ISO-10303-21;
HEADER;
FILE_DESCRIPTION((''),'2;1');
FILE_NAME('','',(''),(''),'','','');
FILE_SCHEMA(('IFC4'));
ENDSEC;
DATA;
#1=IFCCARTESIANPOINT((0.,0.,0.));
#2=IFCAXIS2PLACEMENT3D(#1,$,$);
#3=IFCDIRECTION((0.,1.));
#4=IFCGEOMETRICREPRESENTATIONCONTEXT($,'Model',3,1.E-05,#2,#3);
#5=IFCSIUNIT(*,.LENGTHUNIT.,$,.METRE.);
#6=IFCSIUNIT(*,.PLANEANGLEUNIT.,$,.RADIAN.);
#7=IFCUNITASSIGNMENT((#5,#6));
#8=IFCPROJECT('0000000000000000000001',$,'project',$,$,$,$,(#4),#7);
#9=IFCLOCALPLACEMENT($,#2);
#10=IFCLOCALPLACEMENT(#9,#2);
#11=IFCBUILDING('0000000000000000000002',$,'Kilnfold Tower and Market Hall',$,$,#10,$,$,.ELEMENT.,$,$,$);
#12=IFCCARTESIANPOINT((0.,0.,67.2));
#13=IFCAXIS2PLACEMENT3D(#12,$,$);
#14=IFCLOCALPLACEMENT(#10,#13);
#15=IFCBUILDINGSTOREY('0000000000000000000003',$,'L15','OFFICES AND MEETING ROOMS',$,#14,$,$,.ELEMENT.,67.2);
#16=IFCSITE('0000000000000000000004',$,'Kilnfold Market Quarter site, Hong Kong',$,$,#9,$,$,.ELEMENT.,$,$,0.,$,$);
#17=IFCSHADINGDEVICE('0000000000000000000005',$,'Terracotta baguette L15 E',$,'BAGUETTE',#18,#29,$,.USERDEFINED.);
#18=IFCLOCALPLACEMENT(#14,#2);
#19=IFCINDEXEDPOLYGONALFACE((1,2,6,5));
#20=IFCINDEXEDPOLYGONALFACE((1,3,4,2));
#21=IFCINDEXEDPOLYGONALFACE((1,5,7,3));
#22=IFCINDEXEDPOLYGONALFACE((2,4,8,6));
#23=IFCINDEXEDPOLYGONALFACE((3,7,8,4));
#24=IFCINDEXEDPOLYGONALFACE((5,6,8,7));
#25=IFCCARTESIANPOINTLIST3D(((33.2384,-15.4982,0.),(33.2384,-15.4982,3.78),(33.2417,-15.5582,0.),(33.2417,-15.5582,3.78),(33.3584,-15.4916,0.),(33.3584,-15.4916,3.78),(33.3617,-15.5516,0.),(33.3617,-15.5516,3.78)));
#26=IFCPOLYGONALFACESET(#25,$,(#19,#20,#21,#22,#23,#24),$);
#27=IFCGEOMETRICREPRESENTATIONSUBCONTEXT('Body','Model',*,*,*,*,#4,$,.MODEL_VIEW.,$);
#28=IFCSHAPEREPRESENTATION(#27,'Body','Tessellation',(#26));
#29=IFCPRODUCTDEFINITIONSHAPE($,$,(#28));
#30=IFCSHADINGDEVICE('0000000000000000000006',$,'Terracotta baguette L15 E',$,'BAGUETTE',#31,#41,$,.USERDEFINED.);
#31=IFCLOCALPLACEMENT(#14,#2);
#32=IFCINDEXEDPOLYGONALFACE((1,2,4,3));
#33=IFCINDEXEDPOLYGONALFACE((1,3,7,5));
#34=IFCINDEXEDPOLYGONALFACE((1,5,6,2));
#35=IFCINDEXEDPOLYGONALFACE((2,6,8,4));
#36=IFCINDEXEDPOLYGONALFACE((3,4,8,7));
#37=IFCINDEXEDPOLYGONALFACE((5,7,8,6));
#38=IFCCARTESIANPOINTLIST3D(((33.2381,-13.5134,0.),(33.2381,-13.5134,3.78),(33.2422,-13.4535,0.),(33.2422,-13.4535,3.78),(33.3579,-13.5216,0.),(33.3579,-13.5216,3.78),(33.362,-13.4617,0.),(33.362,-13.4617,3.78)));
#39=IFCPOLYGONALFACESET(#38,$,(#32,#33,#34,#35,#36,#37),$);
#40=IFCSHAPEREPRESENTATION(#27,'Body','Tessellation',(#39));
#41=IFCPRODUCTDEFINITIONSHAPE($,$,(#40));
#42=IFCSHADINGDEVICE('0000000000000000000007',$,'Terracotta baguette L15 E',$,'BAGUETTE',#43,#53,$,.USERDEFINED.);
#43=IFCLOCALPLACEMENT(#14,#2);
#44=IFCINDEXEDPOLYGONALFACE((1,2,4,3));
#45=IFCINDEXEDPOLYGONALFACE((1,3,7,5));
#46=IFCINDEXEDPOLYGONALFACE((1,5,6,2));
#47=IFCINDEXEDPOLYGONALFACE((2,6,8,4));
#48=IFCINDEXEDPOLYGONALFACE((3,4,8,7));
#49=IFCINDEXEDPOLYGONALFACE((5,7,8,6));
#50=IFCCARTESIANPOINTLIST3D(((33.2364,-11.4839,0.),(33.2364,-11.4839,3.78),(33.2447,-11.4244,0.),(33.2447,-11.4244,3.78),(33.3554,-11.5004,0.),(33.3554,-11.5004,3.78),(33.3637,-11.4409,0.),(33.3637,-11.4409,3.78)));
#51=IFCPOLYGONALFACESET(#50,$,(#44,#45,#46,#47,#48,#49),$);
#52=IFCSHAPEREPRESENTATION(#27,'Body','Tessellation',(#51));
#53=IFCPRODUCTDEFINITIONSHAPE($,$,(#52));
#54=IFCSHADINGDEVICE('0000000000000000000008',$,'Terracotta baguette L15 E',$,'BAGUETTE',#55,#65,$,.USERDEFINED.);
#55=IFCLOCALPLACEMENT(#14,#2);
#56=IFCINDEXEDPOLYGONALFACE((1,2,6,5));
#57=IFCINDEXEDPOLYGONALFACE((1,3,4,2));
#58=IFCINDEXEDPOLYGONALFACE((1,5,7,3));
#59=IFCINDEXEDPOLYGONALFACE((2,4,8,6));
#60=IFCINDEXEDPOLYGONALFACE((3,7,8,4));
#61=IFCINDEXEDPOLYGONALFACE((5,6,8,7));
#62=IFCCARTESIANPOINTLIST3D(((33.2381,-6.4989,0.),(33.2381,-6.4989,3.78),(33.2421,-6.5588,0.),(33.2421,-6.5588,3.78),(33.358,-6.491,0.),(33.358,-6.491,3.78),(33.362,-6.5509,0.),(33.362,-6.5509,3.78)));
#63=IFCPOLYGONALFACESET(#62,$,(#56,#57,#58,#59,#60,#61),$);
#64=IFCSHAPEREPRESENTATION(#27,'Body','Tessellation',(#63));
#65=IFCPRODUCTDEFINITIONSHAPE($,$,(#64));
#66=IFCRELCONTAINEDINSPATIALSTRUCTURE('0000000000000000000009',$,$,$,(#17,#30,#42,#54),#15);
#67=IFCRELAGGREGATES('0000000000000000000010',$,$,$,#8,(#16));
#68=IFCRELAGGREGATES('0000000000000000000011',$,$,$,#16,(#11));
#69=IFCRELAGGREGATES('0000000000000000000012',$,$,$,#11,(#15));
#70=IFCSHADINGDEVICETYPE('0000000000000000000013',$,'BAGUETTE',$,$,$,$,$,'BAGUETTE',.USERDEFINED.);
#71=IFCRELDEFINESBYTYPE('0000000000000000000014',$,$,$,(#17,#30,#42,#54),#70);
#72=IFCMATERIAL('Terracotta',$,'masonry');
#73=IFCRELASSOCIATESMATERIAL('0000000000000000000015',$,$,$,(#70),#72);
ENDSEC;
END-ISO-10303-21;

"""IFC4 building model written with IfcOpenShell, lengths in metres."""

from ifc_helpers import new_model, si_unit, direction, frame, origin, origin_2d, place, context, subcontext, project, spatial, rectangle, extrude, source, transform, mapped, material, material_profile, profile_set, type_object, element, save


model = new_model("IFC4")

# Units and contexts
model_context = context("Model", 3, precision=1e-05, world=origin(), true_north=direction((0.0, 1.0)))
body_context = subcontext(model_context, "Body", "Model", "MODEL_VIEW")
ifc_project = project(units=[si_unit("LENGTHUNIT", "METRE"), si_unit("PLANEANGLEUNIT", "RADIAN")], contexts=[model_context])

# Site, building, storey
site_placement = place(None, origin())
site = spatial("IfcSite", under=ifc_project, at=site_placement, Name="Kilnfold Market Quarter site, Hong Kong", CompositionType="ELEMENT", RefElevation=0.0)
building_placement = place(site_placement, origin())
building = spatial("IfcBuilding", under=site, at=building_placement, Name="Kilnfold Tower and Market Hall", CompositionType="ELEMENT")
storey_placement = place(building_placement, frame((0.0, 0.0, 67.2)))
storey = spatial("IfcBuildingStorey", under=building, at=storey_placement, Name="L15", Description="OFFICES AND MEETING ROOMS", CompositionType="ELEMENT", Elevation=67.2)

# Shading devices
ifc_material_1 = material(Name="Terracotta", Category="masonry")
ifc_material_profile_1 = material_profile(ifc_material_1, rectangle(XDim=0.0601, YDim=0.1201, at=origin_2d()), Name="BAG 60x120")
ifc_profile_set_1 = profile_set([ifc_material_profile_1], Name="Terracotta")
shading_device_type = type_object("IfcShadingDeviceType", Name="BAGUETTE", ElementType="BAGUETTE", PredefinedType="USERDEFINED", material=ifc_profile_set_1)
shared_shape_1 = source(origin(), body_context, "Body", "SweptSolid", [
    extrude(rectangle(XDim=0.0601, YDim=0.1201, at=origin_2d()), origin(), (0.0, 0.0, 1.0), 3.78),
])
for number, where, z_axis, x_axis, name in (
    (1, (33.3, -15.5249, 0.0), (0.0, 0.0, 1.0), (-0.054921, 0.998491, 0.0), "Terracotta baguette L15 E"),
    (2, (33.3, -13.4875, 0.0), (0.0, 0.0, 1.0), (0.068102, 0.997678, 0.0), "Terracotta baguette L15 E"),
    (3, (33.3, -11.4624, 0.0), (0.0, 0.0, 1.0), (0.137578, 0.990491, 0.0), "Terracotta baguette L15 E"),
    (4, (33.3, -6.5249, 0.0), (0.0, 0.0, 1.0), (-0.066048, 0.997816, 0.0), "Terracotta baguette L15 E"),
):
    element("IfcShadingDevice", number, at=place(storey_placement, frame(where, z_axis=z_axis, x_axis=x_axis)), inside=storey, type_object=shading_device_type, Name=name, ObjectType="BAGUETTE", PredefinedType="USERDEFINED", context=body_context, shape_type="MappedRepresentation", body=[
        mapped(shared_shape_1, transform((0.0, 0.0, 0.0))),
    ])

save(model, "model.ifc")
